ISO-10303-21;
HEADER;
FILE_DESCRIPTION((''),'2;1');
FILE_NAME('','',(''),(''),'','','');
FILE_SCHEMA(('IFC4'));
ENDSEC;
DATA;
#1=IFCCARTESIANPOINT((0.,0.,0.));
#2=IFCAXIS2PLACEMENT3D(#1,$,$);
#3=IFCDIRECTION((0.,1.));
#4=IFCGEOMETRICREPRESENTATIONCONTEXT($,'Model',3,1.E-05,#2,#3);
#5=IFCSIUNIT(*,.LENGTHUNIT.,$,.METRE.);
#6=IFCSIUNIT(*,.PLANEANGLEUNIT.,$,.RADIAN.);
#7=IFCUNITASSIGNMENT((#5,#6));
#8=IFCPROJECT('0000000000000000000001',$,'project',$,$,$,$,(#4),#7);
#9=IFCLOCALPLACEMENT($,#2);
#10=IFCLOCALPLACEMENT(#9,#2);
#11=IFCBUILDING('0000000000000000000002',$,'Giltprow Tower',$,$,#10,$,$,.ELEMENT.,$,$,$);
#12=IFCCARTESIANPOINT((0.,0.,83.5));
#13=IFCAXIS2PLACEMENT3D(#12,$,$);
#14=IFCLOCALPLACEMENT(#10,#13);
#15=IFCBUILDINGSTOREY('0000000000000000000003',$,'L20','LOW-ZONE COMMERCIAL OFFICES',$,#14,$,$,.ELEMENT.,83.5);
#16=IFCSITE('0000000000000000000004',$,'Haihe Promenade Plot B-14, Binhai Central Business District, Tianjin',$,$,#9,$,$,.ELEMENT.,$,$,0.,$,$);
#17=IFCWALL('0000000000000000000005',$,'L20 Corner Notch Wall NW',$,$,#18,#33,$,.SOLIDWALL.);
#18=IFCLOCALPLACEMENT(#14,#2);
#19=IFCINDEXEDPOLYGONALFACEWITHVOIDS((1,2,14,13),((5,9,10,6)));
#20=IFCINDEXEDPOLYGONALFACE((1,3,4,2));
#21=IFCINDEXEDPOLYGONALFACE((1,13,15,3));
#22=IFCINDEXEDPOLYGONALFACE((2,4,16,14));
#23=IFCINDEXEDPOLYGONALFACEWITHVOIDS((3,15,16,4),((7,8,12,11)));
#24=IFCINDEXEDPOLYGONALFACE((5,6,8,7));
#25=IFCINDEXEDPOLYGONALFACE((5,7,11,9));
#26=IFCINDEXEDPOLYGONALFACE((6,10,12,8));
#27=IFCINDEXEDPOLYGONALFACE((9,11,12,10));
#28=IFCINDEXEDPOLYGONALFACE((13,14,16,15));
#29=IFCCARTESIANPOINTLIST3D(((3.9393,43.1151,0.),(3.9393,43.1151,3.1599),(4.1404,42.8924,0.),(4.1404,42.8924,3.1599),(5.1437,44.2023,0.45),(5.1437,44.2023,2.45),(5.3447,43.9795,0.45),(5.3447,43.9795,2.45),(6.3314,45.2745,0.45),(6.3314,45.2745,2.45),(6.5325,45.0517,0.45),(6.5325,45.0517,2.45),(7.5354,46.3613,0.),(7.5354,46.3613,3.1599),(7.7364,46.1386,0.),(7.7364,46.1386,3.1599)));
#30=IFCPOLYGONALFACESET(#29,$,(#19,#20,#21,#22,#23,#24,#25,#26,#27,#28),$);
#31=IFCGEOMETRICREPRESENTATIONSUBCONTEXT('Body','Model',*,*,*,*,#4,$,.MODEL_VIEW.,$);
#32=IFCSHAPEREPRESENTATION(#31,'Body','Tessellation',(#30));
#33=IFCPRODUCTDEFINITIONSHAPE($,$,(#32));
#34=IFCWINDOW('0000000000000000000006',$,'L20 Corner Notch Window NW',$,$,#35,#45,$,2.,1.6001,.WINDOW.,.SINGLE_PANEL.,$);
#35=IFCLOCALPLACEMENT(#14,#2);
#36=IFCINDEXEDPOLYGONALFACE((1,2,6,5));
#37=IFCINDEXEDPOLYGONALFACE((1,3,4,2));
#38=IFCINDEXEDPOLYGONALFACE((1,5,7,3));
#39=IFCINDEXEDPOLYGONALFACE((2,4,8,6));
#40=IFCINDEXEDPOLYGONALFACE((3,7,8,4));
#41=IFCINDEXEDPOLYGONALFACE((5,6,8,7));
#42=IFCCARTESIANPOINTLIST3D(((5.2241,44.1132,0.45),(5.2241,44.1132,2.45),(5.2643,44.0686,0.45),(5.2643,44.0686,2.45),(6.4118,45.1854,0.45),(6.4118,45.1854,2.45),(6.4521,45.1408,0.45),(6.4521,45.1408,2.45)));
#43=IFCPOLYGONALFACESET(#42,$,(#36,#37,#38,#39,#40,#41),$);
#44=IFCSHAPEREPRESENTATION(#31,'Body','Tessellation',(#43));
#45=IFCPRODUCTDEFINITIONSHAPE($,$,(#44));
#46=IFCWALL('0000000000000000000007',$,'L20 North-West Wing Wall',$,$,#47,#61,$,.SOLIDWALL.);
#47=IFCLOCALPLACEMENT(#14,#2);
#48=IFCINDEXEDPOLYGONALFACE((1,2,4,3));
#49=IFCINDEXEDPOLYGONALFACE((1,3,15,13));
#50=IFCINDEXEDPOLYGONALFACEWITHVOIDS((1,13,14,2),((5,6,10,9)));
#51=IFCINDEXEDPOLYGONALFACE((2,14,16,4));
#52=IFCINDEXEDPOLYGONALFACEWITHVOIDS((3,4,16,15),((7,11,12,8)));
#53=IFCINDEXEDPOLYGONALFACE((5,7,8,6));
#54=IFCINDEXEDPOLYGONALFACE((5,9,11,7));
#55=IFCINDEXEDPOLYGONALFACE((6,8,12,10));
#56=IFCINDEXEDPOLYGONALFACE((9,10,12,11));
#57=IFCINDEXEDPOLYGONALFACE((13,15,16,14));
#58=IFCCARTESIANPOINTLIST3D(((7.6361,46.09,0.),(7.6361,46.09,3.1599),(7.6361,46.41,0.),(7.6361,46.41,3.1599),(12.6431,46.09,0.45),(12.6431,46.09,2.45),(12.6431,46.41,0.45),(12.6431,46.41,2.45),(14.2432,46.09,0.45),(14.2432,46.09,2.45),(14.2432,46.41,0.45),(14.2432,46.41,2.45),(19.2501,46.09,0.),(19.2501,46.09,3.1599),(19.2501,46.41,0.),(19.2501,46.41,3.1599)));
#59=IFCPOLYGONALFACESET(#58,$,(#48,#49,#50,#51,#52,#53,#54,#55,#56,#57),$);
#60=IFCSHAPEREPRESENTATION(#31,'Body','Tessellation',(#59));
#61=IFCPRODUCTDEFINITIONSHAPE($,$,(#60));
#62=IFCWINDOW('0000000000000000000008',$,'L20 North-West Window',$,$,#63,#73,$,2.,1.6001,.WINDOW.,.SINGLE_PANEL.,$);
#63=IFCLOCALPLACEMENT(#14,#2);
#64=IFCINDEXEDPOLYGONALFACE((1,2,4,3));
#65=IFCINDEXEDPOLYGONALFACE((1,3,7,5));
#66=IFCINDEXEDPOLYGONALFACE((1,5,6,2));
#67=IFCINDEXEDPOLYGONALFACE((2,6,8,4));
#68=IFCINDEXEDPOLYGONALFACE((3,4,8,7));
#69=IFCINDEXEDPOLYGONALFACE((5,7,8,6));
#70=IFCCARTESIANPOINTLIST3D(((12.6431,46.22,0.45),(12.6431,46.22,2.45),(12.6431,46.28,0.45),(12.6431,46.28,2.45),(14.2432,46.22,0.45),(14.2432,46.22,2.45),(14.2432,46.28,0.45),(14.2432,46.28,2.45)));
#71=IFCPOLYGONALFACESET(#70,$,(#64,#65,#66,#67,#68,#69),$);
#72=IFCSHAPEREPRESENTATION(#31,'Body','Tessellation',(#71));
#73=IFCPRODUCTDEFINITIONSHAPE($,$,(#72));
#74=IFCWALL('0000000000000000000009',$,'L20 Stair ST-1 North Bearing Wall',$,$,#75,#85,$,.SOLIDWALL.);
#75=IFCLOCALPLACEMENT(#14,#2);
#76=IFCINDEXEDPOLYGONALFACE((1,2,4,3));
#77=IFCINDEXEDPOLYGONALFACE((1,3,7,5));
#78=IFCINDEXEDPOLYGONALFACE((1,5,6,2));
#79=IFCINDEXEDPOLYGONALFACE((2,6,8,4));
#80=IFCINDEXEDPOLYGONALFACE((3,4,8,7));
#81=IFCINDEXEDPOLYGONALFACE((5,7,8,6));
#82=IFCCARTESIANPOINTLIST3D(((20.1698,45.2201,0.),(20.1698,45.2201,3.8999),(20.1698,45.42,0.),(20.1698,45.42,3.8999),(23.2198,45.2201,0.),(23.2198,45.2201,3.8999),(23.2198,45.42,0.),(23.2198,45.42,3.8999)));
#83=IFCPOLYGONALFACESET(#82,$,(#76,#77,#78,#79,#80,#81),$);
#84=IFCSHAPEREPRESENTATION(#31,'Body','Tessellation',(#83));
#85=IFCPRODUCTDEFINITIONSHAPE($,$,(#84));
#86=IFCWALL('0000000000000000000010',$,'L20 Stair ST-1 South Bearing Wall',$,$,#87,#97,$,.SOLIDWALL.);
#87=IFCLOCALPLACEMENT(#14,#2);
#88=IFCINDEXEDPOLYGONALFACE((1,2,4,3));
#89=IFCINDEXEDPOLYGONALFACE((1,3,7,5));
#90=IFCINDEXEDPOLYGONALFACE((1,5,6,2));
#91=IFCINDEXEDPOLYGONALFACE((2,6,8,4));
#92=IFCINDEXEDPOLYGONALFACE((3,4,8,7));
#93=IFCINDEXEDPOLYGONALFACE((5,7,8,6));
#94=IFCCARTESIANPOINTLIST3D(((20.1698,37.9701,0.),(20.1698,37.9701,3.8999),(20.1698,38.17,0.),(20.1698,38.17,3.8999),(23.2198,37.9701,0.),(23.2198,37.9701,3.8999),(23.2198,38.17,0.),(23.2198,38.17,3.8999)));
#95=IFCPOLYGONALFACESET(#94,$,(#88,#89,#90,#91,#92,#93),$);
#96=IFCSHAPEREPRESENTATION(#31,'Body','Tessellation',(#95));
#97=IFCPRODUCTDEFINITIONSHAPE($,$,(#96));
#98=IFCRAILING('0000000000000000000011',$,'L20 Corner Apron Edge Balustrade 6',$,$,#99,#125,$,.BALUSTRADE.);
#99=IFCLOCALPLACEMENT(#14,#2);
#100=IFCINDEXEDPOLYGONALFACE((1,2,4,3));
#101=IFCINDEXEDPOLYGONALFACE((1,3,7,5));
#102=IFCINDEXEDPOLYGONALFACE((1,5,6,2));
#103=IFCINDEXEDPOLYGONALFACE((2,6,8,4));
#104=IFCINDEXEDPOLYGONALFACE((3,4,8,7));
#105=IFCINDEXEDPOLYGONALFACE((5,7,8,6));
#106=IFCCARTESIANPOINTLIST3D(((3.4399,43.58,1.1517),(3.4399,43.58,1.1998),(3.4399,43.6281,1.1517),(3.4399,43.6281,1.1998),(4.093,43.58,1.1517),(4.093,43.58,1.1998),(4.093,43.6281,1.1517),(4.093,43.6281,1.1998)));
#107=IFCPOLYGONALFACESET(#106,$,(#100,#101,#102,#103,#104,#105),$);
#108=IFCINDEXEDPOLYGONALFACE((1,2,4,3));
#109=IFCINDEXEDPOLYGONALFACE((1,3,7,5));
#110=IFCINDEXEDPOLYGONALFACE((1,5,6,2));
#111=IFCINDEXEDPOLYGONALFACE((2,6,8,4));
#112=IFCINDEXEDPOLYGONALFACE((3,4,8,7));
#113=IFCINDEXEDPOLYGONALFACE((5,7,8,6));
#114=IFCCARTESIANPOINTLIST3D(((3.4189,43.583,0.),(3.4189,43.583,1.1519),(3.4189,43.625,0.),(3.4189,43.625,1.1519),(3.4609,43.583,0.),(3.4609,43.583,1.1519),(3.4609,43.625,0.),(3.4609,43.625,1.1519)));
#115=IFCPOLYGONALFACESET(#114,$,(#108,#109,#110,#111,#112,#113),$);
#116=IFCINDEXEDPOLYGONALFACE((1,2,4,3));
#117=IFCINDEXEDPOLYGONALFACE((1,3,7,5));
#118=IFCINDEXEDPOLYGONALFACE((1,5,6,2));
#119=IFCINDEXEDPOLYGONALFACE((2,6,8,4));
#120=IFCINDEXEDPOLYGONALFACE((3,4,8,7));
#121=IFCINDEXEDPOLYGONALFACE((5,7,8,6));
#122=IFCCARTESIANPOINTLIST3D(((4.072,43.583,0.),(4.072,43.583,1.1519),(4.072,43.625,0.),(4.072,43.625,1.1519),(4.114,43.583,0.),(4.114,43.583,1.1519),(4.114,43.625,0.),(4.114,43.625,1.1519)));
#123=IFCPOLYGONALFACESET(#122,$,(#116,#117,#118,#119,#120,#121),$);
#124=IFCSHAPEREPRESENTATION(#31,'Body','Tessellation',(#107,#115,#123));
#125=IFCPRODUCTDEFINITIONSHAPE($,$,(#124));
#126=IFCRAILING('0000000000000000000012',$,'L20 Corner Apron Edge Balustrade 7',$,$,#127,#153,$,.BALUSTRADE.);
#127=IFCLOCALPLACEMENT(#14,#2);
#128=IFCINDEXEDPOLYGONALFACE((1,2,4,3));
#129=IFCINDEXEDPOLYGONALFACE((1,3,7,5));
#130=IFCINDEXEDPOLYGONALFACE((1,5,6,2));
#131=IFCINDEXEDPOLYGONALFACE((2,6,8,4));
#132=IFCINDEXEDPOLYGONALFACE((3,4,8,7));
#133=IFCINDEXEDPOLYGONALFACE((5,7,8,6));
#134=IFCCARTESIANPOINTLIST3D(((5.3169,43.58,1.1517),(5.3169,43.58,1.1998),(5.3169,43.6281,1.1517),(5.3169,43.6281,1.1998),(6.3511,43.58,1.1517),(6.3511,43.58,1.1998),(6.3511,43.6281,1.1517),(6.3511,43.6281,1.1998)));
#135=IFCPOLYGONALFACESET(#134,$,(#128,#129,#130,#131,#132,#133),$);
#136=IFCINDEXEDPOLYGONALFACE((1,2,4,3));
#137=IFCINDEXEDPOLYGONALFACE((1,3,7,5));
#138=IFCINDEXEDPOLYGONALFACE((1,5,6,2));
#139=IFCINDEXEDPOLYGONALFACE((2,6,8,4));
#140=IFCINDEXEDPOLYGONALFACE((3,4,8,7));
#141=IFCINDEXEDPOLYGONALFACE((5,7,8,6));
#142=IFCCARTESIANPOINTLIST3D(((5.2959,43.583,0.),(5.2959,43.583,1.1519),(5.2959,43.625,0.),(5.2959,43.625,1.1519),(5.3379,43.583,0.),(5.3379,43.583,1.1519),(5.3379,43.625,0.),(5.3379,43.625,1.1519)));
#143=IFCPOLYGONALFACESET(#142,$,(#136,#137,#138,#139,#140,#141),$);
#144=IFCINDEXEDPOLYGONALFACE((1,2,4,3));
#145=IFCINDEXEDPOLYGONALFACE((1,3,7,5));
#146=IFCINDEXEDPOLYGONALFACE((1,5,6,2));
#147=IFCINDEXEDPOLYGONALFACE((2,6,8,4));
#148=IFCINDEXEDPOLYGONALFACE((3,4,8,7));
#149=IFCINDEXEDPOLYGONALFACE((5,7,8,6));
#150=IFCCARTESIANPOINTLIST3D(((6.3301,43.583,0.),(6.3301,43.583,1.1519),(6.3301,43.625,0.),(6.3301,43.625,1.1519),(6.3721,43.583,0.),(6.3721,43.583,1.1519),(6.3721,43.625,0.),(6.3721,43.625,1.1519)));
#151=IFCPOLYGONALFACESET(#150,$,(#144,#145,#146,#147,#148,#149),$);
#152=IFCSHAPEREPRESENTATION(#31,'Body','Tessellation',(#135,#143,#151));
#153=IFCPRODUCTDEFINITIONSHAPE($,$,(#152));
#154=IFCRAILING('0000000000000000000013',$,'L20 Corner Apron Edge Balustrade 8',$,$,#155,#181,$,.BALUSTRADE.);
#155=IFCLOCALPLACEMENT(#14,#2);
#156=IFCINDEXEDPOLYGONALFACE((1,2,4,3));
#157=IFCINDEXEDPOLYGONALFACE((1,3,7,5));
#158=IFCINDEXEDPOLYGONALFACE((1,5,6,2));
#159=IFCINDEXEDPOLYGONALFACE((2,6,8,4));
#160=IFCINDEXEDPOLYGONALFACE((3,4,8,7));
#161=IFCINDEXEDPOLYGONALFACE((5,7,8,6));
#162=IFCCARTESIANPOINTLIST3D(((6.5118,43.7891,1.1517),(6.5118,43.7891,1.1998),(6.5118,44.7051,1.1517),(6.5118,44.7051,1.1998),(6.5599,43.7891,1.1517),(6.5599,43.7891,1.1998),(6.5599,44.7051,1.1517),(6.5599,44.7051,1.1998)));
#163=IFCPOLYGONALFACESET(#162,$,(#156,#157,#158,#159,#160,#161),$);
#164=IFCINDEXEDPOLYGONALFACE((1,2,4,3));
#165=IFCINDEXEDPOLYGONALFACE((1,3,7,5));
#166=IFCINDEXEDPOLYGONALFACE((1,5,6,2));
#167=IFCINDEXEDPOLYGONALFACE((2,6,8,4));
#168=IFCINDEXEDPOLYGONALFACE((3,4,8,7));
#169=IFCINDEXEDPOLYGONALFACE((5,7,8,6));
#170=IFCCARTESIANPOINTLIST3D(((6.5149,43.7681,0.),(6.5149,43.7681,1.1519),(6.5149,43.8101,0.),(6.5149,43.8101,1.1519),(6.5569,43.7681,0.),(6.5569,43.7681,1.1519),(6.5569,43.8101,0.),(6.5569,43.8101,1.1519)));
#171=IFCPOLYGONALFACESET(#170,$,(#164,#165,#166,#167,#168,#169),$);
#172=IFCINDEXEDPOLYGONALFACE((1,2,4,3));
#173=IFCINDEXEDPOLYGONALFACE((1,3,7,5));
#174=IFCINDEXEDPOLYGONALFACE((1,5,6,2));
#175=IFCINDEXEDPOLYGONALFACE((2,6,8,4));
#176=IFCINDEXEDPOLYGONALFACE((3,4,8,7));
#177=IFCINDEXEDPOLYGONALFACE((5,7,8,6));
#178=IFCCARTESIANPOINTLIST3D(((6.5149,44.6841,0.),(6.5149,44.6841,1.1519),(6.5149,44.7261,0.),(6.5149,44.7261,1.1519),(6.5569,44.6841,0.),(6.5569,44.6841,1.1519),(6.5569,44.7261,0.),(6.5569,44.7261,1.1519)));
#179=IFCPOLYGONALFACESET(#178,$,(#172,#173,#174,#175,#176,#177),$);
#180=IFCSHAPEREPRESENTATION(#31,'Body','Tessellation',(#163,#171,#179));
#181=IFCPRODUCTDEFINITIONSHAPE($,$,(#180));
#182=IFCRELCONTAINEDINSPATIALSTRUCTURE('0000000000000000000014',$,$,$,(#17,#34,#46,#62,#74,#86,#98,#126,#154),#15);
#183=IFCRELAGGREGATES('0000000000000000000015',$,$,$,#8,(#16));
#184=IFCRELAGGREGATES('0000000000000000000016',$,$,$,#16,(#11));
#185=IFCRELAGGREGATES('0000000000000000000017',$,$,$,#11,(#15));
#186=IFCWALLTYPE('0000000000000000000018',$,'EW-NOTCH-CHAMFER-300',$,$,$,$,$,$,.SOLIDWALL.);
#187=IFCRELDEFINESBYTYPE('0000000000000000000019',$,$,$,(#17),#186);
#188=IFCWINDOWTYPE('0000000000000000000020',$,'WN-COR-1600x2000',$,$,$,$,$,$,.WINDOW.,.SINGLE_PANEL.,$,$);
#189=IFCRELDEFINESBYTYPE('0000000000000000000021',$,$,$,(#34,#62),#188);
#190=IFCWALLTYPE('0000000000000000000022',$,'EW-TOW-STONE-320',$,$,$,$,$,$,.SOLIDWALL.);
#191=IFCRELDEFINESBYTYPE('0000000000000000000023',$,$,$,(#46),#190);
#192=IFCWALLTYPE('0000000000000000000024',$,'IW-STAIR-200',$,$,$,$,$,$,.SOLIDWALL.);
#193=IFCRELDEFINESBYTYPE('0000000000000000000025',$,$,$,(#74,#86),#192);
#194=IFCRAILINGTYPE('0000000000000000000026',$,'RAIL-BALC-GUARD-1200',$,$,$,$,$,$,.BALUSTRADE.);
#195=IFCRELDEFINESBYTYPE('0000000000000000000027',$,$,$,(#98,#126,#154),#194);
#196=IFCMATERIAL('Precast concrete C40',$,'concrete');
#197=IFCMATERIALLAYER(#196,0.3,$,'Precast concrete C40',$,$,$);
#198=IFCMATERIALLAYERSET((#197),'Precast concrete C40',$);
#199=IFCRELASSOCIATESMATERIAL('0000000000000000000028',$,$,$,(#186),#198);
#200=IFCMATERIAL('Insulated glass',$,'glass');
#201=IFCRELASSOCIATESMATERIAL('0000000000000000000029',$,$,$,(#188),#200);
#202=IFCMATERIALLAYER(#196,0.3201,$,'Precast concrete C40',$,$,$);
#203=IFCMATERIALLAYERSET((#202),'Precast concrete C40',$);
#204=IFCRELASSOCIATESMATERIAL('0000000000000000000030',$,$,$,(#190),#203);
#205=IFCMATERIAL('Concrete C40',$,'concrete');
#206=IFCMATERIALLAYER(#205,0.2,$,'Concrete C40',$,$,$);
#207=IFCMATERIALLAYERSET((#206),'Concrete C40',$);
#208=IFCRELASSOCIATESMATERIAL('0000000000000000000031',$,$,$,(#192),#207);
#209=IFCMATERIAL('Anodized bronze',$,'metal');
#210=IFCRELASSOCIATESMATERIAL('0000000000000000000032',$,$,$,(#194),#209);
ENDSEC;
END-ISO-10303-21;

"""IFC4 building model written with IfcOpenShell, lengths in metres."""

from ifc_helpers import new_model, si_unit, direction, frame, frame_2d, origin, origin_2d, place, context, subcontext, project, spatial, rectangle, extrude, source, transform, mapped, material, layer, layer_set, type_object, element, fill, save


model = new_model("IFC4")

# Units and contexts
model_context = context("Model", 3, precision=1e-05, world=origin(), true_north=direction((0.0, 1.0)))
body_context = subcontext(model_context, "Body", "Model", "MODEL_VIEW")
ifc_project = project(units=[si_unit("LENGTHUNIT", "METRE"), si_unit("PLANEANGLEUNIT", "RADIAN")], contexts=[model_context])

# Site, building, storey
site_placement = place(None, origin())
site = spatial("IfcSite", under=ifc_project, at=site_placement, Name="Haihe Promenade Plot B-14, Binhai Central Business District, Tianjin", CompositionType="ELEMENT", RefElevation=0.0)
building_placement = place(site_placement, origin())
building = spatial("IfcBuilding", under=site, at=building_placement, Name="Giltprow Tower", CompositionType="ELEMENT")
storey_placement = place(building_placement, frame((0.0, 0.0, 83.5)))
storey = spatial("IfcBuildingStorey", under=building, at=storey_placement, Name="L20", Description="LOW-ZONE COMMERCIAL OFFICES", CompositionType="ELEMENT", Elevation=83.5)

# Walls, openings, windows
ifc_material_1 = material(Name="Precast concrete C40", Category="concrete")
ifc_layer_1 = layer(ifc_material_1, 0.3, Name="Precast concrete C40")
ifc_layer_set_1 = layer_set([ifc_layer_1], Name="Precast concrete C40")
wall_type_1 = type_object("IfcWallType", Name="EW-NOTCH-CHAMFER-300", PredefinedType="SOLIDWALL", material=ifc_layer_set_1)
wall_1_placement = place(storey_placement, frame((7.636, 46.25, 0.0), z_axis=(0.0, 0.0, 1.0), x_axis=(-0.742293, -0.670075, 0.0)))
wall_1 = element("IfcWall", 1, at=wall_1_placement, inside=storey, type_object=wall_type_1, Name="L20 Corner Notch Wall NW", PredefinedType="SOLIDWALL", context=body_context, shape_type="SweptSolid", body=[
    extrude(rectangle(XDim=4.8445, YDim=0.3, at=frame_2d((2.4224, 0.0))), origin(), (0.0, 0.0, 1.0), 3.1599),
])
opening_1_placement = place(wall_1_placement, frame((1.6221, 0.0, 0.45)))
opening_1 = element("IfcOpeningElement", 2, at=opening_1_placement, cuts=wall_1, PredefinedType="OPENING", context=body_context, shape_type="SweptSolid", body=[
    extrude(rectangle(XDim=1.6001, YDim=2.0, at=frame_2d((0.8, 1.0))), frame((0.0, 0.1599, 0.0), z_axis=(0.0, -1.0, 0.0), x_axis=(1.0, 0.0, 0.0)), (0.0, 0.0, 1.0), 0.3201),
])
ifc_material_2 = material(Name="Insulated glass", Category="glass")
window_type = type_object("IfcWindowType", Name="WN-COR-1600x2000", PartitioningType="SINGLE_PANEL", PredefinedType="WINDOW", material=ifc_material_2)
shared_shape_1 = source(origin(), body_context, "Body", "SweptSolid", [
    extrude(rectangle(XDim=1.6001, YDim=2.0, at=frame_2d((0.8, 1.0))), frame((0.0, 0.03, 0.0), z_axis=(0.0, -1.0, 0.0), x_axis=(1.0, 0.0, 0.0)), (0.0, 0.0, 1.0), 0.0601),
])
window_1_placement = place(opening_1_placement, origin())
window_1 = element("IfcWindow", 3, at=window_1_placement, inside=storey, type_object=window_type, Name="L20 Corner Notch Window NW", OverallHeight=2.0, OverallWidth=1.6001, PartitioningType="SINGLE_PANEL", PredefinedType="WINDOW", context=body_context, shape_type="MappedRepresentation", body=[
    mapped(shared_shape_1, transform((0.0, 0.0, 0.0), x_axis=(1.0, 0.0, 0.0), y_axis=(0.0, 1.0, 0.0), z_axis=(0.0, 0.0, 1.0), scale=1.0)),
])
fill(opening_1, window_1)
ifc_layer_2 = layer(ifc_material_1, 0.3201, Name="Precast concrete C40")
ifc_layer_set_2 = layer_set([ifc_layer_2], Name="Precast concrete C40")
wall_type_2 = type_object("IfcWallType", Name="EW-TOW-STONE-320", PredefinedType="SOLIDWALL", material=ifc_layer_set_2)
wall_2_placement = place(storey_placement, frame((7.636, 46.25, 0.0), z_axis=(0.0, 0.0, 1.0), x_axis=(1.0, 0.0, 0.0)))
wall_2 = element("IfcWall", 4, at=wall_2_placement, inside=storey, type_object=wall_type_2, Name="L20 North-West Wing Wall", PredefinedType="SOLIDWALL", context=body_context, shape_type="SweptSolid", body=[
    extrude(rectangle(XDim=11.614, YDim=0.3201, at=frame_2d((5.8071, 0.0))), origin(), (0.0, 0.0, 1.0), 3.1599),
])
opening_2_placement = place(wall_2_placement, frame((5.0071, 0.0, 0.45)))
opening_2 = element("IfcOpeningElement", 5, at=opening_2_placement, cuts=wall_2, PredefinedType="OPENING", context=body_context, shape_type="SweptSolid", body=[
    extrude(rectangle(XDim=1.6001, YDim=2.0, at=frame_2d((0.8, 1.0))), frame((0.0, 0.1699, 0.0), z_axis=(0.0, -1.0, 0.0), x_axis=(1.0, 0.0, 0.0)), (0.0, 0.0, 1.0), 0.3401),
])
window_2_placement = place(opening_2_placement, origin())
window_2 = element("IfcWindow", 6, at=window_2_placement, inside=storey, type_object=window_type, Name="L20 North-West Window", OverallHeight=2.0, OverallWidth=1.6001, PartitioningType="SINGLE_PANEL", PredefinedType="WINDOW", context=body_context, shape_type="MappedRepresentation", body=[
    mapped(shared_shape_1, transform((0.0, 0.0, 0.0), x_axis=(1.0, 0.0, 0.0), y_axis=(0.0, 1.0, 0.0), z_axis=(0.0, 0.0, 1.0), scale=1.0)),
])
fill(opening_2, window_2)

# Walls
ifc_material_3 = material(Name="Concrete C40", Category="concrete")
ifc_layer_3 = layer(ifc_material_3, 0.2, Name="Concrete C40")
ifc_layer_set_3 = layer_set([ifc_layer_3], Name="Concrete C40")
wall_type_3 = type_object("IfcWallType", Name="IW-STAIR-200", PredefinedType="SOLIDWALL", material=ifc_layer_set_3)
for number, where, z_axis, x_axis, name in (
    (7, (20.1699, 45.3201, 0.0), (0.0, 0.0, 1.0), (1.0, 0.0, 0.0), "L20 Stair ST-1 North Bearing Wall"),
    (8, (20.1699, 38.0701, 0.0), (0.0, 0.0, 1.0), (1.0, 0.0, 0.0), "L20 Stair ST-1 South Bearing Wall"),
):
    element("IfcWall", number, at=place(storey_placement, frame(where, z_axis=z_axis, x_axis=x_axis)), inside=storey, type_object=wall_type_3, Name=name, PredefinedType="SOLIDWALL", context=body_context, shape_type="SweptSolid", body=[
        extrude(rectangle(XDim=3.05, YDim=0.2, at=frame_2d((1.5249, 0.0))), origin(), (0.0, 0.0, 1.0), 3.8999),
    ])

# Railings
ifc_material_4 = material(Name="Anodized bronze", Category="metal")
railing_type_1 = type_object("IfcRailingType", Name="RAIL-BALC-GUARD-1200", PredefinedType="BALUSTRADE", material=ifc_material_4)
railing_1_placement = place(storey_placement, frame((3.4399, 43.604, 0.0)))
element("IfcRailing", 9, at=railing_1_placement, inside=storey, type_object=railing_type_1, Name="L20 Corner Apron Edge Balustrade 6", PredefinedType="BALUSTRADE", context=body_context, shape_type="SweptSolid", body=[
    extrude(rectangle(XDim=0.0481, YDim=0.0481, at=origin_2d()), frame((0.0, 0.0, 1.1758), z_axis=(1.0, 0.0, 0.0), x_axis=(0.0, 1.0, 0.0)), (0.0, 0.0, 1.0), 0.6531),
    extrude(rectangle(XDim=0.042, YDim=0.042, at=origin_2d()), origin(), (0.0, 0.0, 1.0), 1.1519),
    extrude(rectangle(XDim=0.042, YDim=0.042, at=origin_2d()), frame((0.6531, 0.0, 0.0)), (0.0, 0.0, 1.0), 1.1519),
])
railing_2_placement = place(storey_placement, frame((5.3169, 43.604, 0.0)))
element("IfcRailing", 10, at=railing_2_placement, inside=storey, type_object=railing_type_1, Name="L20 Corner Apron Edge Balustrade 7", PredefinedType="BALUSTRADE", context=body_context, shape_type="SweptSolid", body=[
    extrude(rectangle(XDim=0.0481, YDim=0.0481, at=origin_2d()), frame((0.0, 0.0, 1.1758), z_axis=(1.0, 0.0, 0.0), x_axis=(0.0, 1.0, 0.0)), (0.0, 0.0, 1.0), 1.0342),
    extrude(rectangle(XDim=0.042, YDim=0.042, at=origin_2d()), origin(), (0.0, 0.0, 1.0), 1.1519),
    extrude(rectangle(XDim=0.042, YDim=0.042, at=origin_2d()), frame((1.0342, 0.0, 0.0)), (0.0, 0.0, 1.0), 1.1519),
])
railing_3_placement = place(storey_placement, frame((6.5359, 43.7891, 0.0)))
element("IfcRailing", 11, at=railing_3_placement, inside=storey, type_object=railing_type_1, Name="L20 Corner Apron Edge Balustrade 8", PredefinedType="BALUSTRADE", context=body_context, shape_type="SweptSolid", body=[
    extrude(rectangle(XDim=0.0481, YDim=0.0481, at=origin_2d()), frame((0.0, 0.0, 1.1758), z_axis=(0.0, 1.0, 0.0), x_axis=(-1.0, 0.0, 0.0)), (0.0, 0.0, 1.0), 0.916),
    extrude(rectangle(XDim=0.042, YDim=0.042, at=origin_2d()), origin(), (0.0, 0.0, 1.0), 1.1519),
    extrude(rectangle(XDim=0.042, YDim=0.042, at=origin_2d()), frame((0.0, 0.916, 0.0)), (0.0, 0.0, 1.0), 1.1519),
])

save(model, "model.ifc")
